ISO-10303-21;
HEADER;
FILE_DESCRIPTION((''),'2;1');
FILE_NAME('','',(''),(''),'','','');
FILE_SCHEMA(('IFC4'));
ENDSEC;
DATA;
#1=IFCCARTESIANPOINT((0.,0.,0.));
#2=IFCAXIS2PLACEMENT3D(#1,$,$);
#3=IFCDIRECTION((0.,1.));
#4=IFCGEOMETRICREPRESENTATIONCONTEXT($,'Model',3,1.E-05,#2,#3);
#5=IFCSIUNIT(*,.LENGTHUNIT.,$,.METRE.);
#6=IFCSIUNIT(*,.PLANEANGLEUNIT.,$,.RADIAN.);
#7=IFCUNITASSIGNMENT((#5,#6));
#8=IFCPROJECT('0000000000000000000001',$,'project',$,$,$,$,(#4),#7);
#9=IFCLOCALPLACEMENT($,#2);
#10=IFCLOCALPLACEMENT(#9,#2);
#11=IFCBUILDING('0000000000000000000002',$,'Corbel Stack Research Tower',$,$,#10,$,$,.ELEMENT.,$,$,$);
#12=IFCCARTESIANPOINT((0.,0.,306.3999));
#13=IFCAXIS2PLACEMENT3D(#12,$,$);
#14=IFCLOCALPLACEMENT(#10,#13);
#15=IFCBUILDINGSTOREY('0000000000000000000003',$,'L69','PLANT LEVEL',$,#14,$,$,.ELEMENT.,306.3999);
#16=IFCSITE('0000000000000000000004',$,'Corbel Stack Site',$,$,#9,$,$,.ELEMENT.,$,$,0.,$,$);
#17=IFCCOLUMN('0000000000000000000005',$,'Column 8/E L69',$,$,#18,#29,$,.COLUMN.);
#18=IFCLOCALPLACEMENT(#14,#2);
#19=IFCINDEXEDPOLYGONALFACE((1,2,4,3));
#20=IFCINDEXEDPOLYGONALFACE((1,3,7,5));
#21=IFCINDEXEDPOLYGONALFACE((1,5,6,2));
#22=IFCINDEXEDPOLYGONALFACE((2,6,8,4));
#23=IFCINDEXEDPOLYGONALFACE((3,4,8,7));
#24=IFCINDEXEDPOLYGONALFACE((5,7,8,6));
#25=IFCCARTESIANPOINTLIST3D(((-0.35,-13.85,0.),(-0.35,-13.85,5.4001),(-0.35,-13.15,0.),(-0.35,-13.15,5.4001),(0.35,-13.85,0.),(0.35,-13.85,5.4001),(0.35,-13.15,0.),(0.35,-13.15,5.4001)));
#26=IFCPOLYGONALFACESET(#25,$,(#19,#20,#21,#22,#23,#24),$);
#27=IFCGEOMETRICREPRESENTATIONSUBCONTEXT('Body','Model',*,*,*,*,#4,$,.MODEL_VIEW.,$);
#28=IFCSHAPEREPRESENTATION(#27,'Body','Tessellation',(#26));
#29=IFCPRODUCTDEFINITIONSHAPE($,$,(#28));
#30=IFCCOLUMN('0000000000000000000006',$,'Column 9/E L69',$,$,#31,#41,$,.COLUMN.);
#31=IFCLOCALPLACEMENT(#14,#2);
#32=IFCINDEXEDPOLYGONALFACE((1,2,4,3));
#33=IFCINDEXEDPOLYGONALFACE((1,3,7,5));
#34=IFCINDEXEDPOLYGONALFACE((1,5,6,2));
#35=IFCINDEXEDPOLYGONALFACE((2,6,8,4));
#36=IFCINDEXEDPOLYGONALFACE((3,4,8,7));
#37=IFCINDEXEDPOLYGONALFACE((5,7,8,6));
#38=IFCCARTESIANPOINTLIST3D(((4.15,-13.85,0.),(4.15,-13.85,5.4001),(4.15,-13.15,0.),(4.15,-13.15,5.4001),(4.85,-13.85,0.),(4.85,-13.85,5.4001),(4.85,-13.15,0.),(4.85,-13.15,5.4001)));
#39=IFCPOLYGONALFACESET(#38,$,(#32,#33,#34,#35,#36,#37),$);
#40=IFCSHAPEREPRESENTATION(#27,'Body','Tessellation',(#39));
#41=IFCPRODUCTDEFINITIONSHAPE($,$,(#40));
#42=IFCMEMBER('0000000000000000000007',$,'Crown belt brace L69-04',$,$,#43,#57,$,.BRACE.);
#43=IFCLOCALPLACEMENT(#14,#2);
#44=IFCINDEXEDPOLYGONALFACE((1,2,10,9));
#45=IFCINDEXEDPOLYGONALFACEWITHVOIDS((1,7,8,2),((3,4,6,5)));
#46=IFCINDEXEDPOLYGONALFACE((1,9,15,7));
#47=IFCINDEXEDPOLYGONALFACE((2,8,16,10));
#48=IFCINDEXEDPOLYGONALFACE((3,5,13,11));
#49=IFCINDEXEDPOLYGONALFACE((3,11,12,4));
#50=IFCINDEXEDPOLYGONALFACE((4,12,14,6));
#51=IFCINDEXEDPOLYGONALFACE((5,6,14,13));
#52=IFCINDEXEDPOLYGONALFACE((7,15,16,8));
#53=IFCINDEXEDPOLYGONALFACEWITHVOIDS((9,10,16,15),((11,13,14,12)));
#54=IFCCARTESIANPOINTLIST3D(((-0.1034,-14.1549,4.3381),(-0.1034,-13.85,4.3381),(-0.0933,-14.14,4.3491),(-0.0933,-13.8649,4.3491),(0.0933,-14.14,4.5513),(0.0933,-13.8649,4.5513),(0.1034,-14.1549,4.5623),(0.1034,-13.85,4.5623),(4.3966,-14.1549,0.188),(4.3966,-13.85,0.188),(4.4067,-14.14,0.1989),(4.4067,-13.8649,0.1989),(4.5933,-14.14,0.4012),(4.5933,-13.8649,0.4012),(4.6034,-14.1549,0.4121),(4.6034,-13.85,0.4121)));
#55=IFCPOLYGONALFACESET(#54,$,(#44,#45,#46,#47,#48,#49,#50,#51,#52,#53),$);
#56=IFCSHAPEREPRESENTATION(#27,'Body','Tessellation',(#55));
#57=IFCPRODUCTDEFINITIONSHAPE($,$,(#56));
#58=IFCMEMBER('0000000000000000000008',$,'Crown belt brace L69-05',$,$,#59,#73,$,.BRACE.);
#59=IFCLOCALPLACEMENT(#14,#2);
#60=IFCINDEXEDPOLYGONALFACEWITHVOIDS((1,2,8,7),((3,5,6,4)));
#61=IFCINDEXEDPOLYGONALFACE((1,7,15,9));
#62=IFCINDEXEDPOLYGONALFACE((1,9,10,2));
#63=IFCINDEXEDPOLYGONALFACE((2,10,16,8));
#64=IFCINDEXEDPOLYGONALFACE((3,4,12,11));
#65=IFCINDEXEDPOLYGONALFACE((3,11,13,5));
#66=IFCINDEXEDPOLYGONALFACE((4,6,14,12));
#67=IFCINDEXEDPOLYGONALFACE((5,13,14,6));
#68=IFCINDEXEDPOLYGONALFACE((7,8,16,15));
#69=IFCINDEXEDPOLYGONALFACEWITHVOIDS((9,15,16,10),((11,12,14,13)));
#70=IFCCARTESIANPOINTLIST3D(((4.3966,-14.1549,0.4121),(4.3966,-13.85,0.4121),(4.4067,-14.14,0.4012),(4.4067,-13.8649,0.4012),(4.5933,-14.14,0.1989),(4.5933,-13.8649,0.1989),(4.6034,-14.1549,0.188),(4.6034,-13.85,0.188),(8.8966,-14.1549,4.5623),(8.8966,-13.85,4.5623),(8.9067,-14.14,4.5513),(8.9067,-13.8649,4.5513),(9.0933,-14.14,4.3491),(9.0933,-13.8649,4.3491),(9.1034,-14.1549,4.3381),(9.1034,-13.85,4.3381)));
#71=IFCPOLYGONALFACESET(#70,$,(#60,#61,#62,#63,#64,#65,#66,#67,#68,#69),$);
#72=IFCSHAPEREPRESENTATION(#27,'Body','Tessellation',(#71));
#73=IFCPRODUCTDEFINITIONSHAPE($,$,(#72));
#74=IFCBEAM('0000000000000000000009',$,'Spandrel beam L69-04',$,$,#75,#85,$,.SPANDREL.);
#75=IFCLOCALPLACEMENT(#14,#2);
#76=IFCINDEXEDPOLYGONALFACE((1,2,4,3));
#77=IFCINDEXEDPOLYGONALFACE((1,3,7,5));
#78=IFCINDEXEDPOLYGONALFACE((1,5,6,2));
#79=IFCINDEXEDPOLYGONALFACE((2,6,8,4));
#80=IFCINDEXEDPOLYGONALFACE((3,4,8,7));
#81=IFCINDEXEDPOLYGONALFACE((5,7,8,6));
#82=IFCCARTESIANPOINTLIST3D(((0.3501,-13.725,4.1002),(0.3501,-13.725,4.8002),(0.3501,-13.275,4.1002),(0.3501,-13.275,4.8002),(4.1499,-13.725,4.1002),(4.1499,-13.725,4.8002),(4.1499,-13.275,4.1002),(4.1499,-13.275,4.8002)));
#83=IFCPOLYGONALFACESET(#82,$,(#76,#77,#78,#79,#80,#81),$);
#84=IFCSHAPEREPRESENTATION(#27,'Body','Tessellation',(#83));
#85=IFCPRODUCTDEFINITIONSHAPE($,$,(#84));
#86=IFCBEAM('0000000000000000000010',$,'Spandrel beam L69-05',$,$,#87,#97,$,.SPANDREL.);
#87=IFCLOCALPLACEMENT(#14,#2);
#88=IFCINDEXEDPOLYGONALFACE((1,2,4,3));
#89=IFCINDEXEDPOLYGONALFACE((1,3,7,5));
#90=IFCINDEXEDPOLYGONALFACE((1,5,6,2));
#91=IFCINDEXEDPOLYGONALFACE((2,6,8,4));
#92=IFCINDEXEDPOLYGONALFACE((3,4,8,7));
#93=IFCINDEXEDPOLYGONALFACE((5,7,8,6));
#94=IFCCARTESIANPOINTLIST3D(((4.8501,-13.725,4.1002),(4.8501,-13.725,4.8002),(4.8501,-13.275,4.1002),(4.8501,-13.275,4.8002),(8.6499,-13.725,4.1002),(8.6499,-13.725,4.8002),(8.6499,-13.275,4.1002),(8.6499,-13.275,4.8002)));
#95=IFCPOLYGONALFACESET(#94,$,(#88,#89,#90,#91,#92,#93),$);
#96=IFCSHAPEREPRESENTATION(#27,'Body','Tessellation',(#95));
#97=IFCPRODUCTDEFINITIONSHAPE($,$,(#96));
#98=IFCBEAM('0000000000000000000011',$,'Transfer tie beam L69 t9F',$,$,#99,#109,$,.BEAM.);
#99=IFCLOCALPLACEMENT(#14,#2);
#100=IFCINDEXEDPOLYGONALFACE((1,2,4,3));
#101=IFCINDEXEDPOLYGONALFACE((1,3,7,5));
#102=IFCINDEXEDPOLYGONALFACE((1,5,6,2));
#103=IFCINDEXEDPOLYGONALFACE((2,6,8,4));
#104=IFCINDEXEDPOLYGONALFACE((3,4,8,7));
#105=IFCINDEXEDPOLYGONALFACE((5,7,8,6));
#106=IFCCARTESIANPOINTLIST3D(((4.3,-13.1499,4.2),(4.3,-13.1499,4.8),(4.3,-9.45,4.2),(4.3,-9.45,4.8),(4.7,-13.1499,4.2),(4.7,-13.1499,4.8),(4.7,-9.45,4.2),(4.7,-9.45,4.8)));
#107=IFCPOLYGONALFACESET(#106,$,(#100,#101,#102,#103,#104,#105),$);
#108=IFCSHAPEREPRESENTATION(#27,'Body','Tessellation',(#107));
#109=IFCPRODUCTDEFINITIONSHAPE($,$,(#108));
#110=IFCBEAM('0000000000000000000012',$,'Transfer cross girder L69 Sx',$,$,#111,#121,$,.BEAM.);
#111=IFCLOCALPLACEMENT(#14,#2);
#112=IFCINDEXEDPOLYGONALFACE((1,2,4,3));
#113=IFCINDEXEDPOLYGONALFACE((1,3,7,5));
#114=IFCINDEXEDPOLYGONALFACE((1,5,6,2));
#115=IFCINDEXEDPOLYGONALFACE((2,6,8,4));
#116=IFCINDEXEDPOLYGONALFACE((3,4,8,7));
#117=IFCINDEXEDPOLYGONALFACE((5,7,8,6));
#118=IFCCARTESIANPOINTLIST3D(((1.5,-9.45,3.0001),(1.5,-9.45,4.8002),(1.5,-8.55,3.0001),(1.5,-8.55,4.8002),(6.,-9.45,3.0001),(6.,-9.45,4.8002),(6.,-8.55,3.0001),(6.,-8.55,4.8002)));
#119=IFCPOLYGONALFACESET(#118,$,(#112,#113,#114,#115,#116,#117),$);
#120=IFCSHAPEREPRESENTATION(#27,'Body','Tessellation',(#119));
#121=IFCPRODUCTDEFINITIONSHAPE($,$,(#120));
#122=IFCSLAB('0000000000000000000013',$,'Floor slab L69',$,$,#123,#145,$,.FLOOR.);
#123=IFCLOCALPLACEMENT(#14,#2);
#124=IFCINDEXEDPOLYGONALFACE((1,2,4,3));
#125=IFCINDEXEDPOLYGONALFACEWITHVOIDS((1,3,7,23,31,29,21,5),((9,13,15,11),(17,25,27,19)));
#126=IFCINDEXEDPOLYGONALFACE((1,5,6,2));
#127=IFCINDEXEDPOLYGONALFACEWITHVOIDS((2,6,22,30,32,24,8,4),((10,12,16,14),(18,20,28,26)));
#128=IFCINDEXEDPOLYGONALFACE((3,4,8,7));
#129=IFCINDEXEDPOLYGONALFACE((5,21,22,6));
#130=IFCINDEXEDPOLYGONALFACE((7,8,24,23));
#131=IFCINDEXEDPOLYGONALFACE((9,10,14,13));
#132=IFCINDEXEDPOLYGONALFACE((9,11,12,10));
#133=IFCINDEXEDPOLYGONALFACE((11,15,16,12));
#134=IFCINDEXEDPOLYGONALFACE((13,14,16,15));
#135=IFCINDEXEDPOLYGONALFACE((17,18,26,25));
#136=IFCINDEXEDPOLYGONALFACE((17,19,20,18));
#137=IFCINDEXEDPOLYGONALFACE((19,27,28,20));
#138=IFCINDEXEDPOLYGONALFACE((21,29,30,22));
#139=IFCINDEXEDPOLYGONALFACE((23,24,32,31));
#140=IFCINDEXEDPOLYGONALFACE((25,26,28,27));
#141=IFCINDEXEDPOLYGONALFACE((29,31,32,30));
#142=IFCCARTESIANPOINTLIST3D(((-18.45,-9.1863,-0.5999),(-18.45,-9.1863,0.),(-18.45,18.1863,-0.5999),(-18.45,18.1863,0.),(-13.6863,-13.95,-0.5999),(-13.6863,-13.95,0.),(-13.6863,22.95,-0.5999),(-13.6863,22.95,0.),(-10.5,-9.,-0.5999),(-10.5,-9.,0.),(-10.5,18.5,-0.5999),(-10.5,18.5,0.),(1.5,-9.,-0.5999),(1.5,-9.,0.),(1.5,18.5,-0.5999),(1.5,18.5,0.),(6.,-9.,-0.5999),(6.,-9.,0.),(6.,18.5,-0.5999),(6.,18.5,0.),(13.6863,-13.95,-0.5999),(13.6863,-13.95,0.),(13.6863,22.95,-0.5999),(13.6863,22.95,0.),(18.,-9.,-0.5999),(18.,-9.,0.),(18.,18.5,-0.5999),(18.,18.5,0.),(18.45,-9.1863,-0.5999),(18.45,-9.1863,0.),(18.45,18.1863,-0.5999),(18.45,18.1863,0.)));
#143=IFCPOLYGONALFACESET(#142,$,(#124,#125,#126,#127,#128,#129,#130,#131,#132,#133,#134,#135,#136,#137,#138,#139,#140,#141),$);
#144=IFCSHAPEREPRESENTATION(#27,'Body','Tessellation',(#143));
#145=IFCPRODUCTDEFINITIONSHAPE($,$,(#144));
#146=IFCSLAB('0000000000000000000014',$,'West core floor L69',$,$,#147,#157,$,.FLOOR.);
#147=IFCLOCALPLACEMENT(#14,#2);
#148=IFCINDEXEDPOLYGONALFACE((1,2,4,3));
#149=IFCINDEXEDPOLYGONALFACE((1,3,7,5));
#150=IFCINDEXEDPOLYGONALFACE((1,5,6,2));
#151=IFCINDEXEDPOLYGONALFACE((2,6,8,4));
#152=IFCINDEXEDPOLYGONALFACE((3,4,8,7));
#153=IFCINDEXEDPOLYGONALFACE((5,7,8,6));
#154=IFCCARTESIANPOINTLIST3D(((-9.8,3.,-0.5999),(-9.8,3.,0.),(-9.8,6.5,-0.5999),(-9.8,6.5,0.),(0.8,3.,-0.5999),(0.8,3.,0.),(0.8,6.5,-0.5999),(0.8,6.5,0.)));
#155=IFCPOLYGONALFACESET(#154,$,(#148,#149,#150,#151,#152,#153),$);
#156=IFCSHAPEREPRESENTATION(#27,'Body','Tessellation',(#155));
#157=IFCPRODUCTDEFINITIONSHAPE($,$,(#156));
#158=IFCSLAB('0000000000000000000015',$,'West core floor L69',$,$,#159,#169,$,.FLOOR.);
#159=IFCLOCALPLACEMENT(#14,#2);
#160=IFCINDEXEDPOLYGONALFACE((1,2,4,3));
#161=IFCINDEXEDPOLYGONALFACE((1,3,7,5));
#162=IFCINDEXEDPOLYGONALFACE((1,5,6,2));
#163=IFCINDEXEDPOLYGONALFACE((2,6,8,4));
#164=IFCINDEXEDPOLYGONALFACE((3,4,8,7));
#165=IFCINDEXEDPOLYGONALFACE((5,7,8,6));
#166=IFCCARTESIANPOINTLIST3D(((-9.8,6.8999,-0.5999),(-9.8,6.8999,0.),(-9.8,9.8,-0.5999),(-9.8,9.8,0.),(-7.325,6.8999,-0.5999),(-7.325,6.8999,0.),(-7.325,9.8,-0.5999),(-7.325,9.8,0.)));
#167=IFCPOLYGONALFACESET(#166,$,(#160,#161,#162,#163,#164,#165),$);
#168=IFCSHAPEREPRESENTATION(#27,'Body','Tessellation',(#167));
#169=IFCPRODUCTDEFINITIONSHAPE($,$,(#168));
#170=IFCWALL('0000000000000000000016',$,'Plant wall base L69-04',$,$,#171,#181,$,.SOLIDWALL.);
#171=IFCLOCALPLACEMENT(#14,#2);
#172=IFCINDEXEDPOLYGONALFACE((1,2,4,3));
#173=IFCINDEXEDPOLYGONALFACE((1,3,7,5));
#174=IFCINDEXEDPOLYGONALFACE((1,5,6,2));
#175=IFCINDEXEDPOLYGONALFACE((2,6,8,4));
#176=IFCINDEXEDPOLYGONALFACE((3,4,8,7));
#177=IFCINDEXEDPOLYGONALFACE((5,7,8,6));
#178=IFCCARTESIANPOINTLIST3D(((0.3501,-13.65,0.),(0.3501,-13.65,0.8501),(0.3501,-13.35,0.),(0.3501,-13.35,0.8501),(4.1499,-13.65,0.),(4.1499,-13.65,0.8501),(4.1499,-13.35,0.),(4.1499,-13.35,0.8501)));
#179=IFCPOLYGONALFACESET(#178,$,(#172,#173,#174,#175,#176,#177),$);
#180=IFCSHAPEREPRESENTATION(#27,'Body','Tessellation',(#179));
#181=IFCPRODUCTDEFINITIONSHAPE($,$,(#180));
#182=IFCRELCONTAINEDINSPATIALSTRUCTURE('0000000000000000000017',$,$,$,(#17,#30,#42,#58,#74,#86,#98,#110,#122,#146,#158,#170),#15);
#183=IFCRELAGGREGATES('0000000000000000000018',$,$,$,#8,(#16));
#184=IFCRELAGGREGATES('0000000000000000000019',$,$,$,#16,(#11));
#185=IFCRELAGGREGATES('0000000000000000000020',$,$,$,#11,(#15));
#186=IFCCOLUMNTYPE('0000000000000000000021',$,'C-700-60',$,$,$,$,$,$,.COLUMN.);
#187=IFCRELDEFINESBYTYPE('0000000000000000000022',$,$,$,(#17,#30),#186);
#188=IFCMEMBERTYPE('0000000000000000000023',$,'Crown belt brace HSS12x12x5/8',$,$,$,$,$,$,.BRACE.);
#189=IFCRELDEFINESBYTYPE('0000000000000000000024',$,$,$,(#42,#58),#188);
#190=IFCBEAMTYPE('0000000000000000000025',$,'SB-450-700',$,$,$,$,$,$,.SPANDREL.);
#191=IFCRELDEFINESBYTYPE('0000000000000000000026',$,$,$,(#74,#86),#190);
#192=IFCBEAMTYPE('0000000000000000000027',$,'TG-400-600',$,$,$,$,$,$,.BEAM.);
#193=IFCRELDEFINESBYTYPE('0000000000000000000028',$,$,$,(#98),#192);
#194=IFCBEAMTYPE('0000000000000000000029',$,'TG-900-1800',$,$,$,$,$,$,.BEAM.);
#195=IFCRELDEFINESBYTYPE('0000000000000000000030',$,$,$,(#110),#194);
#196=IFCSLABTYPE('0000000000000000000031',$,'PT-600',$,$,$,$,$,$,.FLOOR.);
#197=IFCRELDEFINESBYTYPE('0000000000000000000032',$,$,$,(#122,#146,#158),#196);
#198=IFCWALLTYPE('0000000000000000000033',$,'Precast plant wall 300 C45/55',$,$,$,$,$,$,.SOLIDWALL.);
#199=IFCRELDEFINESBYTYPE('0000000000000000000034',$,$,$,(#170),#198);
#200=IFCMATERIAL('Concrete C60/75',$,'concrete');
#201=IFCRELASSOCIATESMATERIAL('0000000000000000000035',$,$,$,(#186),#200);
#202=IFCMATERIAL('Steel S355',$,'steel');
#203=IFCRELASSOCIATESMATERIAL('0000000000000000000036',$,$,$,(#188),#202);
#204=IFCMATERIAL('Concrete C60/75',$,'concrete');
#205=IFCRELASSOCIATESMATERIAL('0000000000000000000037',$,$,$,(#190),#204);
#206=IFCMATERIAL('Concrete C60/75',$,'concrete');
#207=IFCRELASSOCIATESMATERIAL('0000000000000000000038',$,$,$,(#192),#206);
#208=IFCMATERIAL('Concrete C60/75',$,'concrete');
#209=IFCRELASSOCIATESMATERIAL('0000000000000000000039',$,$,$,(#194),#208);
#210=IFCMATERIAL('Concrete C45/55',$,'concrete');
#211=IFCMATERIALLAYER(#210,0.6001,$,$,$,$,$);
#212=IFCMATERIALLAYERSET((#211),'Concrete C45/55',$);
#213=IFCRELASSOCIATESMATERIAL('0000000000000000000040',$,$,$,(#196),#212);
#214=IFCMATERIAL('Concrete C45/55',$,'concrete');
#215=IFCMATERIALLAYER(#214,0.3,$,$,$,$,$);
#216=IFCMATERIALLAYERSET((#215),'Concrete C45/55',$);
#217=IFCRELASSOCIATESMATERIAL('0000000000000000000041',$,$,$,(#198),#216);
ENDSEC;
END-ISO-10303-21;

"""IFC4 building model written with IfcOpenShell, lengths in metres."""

from ifc_helpers import new_model, si_unit, direction, frame, frame_2d, origin, origin_2d, place, context, subcontext, project, spatial, polyline, rectangle, hollow_rectangle, outline, extrude, material, layer, layer_set, material_profile, profile_set, type_object, element, save


model = new_model("IFC4")

# Units and contexts
model_context = context("Model", 3, precision=1e-05, world=origin(), true_north=direction((0.0, 1.0)))
body_context = subcontext(model_context, "Body", "Model", "MODEL_VIEW")
ifc_project = project(units=[si_unit("LENGTHUNIT", "METRE"), si_unit("PLANEANGLEUNIT", "RADIAN")], contexts=[model_context])

# Site, building, storey
site_placement = place(None, origin())
site = spatial("IfcSite", under=ifc_project, at=site_placement, Name="Corbel Stack Site", CompositionType="ELEMENT", RefElevation=0.0)
building_placement = place(site_placement, origin())
building = spatial("IfcBuilding", under=site, at=building_placement, Name="Corbel Stack Research Tower", CompositionType="ELEMENT")
storey_placement = place(building_placement, frame((0.0, 0.0, 306.3999)))
storey = spatial("IfcBuildingStorey", under=building, at=storey_placement, Name="L69", Description="PLANT LEVEL", CompositionType="ELEMENT", Elevation=306.3999)

# Columns
ifc_material_1 = material(Name="Concrete C60/75", Category="concrete")
ifc_material_profile_1 = material_profile(ifc_material_1, rectangle(XDim=0.7, YDim=0.7, at=origin_2d()), Name="RC 700 x 700")
ifc_profile_set_1 = profile_set([ifc_material_profile_1], Name="Concrete C60/75")
column_type = type_object("IfcColumnType", Name="C-700-60", PredefinedType="COLUMN", material=ifc_profile_set_1)
for number, where, z_axis, x_axis, name in (
    (1, (0.0, -13.5, 0.0), (0.0, 0.0, 1.0), (1.0, 0.0, 0.0), "Column 8/E L69"),
    (2, (4.5, -13.5, 0.0), (0.0, 0.0, 1.0), (1.0, 0.0, 0.0), "Column 9/E L69"),
):
    element("IfcColumn", number, at=place(storey_placement, frame(where, z_axis=z_axis, x_axis=x_axis)), inside=storey, type_object=column_type, Name=name, PredefinedType="COLUMN", context=body_context, shape_type="SweptSolid", body=[
        extrude(rectangle(XDim=0.7, YDim=0.7, at=origin_2d()), origin(), (0.0, 0.0, 1.0), 5.4001),
    ])

# Members
ifc_material_2 = material(Name="Steel S355", Category="steel")
ifc_material_profile_2 = material_profile(ifc_material_2, hollow_rectangle(XDim=0.3049, YDim=0.3049, WallThickness=0.0149, at=origin_2d()), Name="HSS12x12x5/8")
ifc_profile_set_2 = profile_set([ifc_material_profile_2], Name="Steel S355")
member_type = type_object("IfcMemberType", Name="Crown belt brace HSS12x12x5/8", PredefinedType="BRACE", material=ifc_profile_set_2)
for number, where, z_axis, x_axis, name in (
    (3, (4.5, -14.0024, 0.3), (-0.735105, 0.0, 0.677954), (0.0, -1.0, 0.0), "Crown belt brace L69-04"),
    (4, (4.5, -14.0024, 0.3), (0.735105, 0.0, 0.677954), (0.0, 1.0, 0.0), "Crown belt brace L69-05"),
):
    element("IfcMember", number, at=place(storey_placement, frame(where, z_axis=z_axis, x_axis=x_axis)), inside=storey, type_object=member_type, Name=name, PredefinedType="BRACE", context=body_context, shape_type="SweptSolid", body=[
        extrude(hollow_rectangle(XDim=0.3049, YDim=0.3049, WallThickness=0.0149, at=origin_2d()), origin(), (0.0, 0.0, 1.0), 6.1216),
    ])

# Beams
ifc_material_3 = material(Name="Concrete C60/75", Category="concrete")
ifc_material_profile_3 = material_profile(ifc_material_3, rectangle(XDim=0.45, YDim=0.7, at=origin_2d()), Name="RC 450 x 700")
ifc_profile_set_3 = profile_set([ifc_material_profile_3], Name="Concrete C60/75")
beam_type_1 = type_object("IfcBeamType", Name="SB-450-700", PredefinedType="SPANDREL", material=ifc_profile_set_3)
for number, where, z_axis, x_axis, name in (
    (5, (0.3501, -13.5, 4.4502), (1.0, 0.0, 0.0), (0.0, 1.0, 0.0), "Spandrel beam L69-04"),
    (6, (4.8501, -13.5, 4.4502), (1.0, 0.0, 0.0), (0.0, 1.0, 0.0), "Spandrel beam L69-05"),
):
    element("IfcBeam", number, at=place(storey_placement, frame(where, z_axis=z_axis, x_axis=x_axis)), inside=storey, type_object=beam_type_1, Name=name, PredefinedType="SPANDREL", context=body_context, shape_type="SweptSolid", body=[
        extrude(rectangle(XDim=0.45, YDim=0.7, at=origin_2d()), origin(), (0.0, 0.0, 1.0), 3.7998),
    ])
ifc_material_4 = material(Name="Concrete C60/75", Category="concrete")
ifc_material_profile_4 = material_profile(ifc_material_4, rectangle(XDim=0.3999, YDim=0.6001, at=origin_2d()), Name="RC 400 x 600")
ifc_profile_set_4 = profile_set([ifc_material_profile_4], Name="Concrete C60/75")
beam_type_2 = type_object("IfcBeamType", Name="TG-400-600", PredefinedType="BEAM", material=ifc_profile_set_4)
beam_1_placement = place(storey_placement, frame((4.5, -9.45, 4.5), z_axis=(0.0, -1.0, 0.0), x_axis=(1.0, 0.0, 0.0)))
element("IfcBeam", 7, at=beam_1_placement, inside=storey, type_object=beam_type_2, Name="Transfer tie beam L69 t9F", PredefinedType="BEAM", context=body_context, shape_type="SweptSolid", body=[
    extrude(rectangle(XDim=0.3999, YDim=0.6001, at=origin_2d()), origin(), (0.0, 0.0, 1.0), 3.7),
])
ifc_material_5 = material(Name="Concrete C60/75", Category="concrete")
ifc_material_profile_5 = material_profile(ifc_material_5, rectangle(XDim=0.8999, YDim=1.8, at=origin_2d()), Name="RC 900 x 1800")
ifc_profile_set_5 = profile_set([ifc_material_profile_5], Name="Concrete C60/75")
beam_type_3 = type_object("IfcBeamType", Name="TG-900-1800", PredefinedType="BEAM", material=ifc_profile_set_5)
beam_2_placement = place(storey_placement, frame((1.5, -9.0, 3.9001), z_axis=(1.0, 0.0, 0.0), x_axis=(0.0, 1.0, 0.0)))
element("IfcBeam", 8, at=beam_2_placement, inside=storey, type_object=beam_type_3, Name="Transfer cross girder L69 Sx", PredefinedType="BEAM", context=body_context, shape_type="SweptSolid", body=[
    extrude(rectangle(XDim=0.8999, YDim=1.8, at=origin_2d()), origin(), (0.0, 0.0, 1.0), 4.5),
])

# Slabs
ifc_material_6 = material(Name="Concrete C45/55", Category="concrete")
ifc_layer_1 = layer(ifc_material_6, 0.6001)
ifc_layer_set_1 = layer_set([ifc_layer_1], Name="Concrete C45/55")
slab_type = type_object("IfcSlabType", Name="PT-600", PredefinedType="FLOOR", material=ifc_layer_set_1)
slab_1_placement = place(storey_placement, frame((0.0, 0.0, -0.5999)))
element("IfcSlab", 9, at=slab_1_placement, inside=storey, type_object=slab_type, Name="Floor slab L69", PredefinedType="FLOOR", context=body_context, shape_type="SweptSolid", body=[
    extrude(outline(polyline([(-13.6863, -13.95), (13.6863, -13.95), (18.45, -9.1863), (18.45, 18.1863), (13.6863, 22.95), (-13.6863, 22.95), (-18.45, 18.1863), (-18.45, -9.1863), (-13.6863, -13.95)]), holes=[polyline([(6.0, -9.0), (6.0, 18.5), (18.0, 18.5), (18.0, -9.0), (6.0, -9.0)]), polyline([(-10.5, -9.0), (-10.5, 18.5), (1.5, 18.5), (1.5, -9.0), (-10.5, -9.0)])]), origin(), (0.0, 0.0, 1.0), 0.5999),
])
slab_2_placement = place(storey_placement, frame((0.0, 0.0, -0.5999)))
element("IfcSlab", 10, at=slab_2_placement, inside=storey, type_object=slab_type, Name="West core floor L69", PredefinedType="FLOOR", context=body_context, shape_type="SweptSolid", body=[
    extrude(outline(polyline([(-9.8, 6.5), (-9.8, 3.0), (0.8, 3.0), (0.8, 6.5), (-9.8, 6.5)])), origin(), (0.0, 0.0, 1.0), 0.5999),
])
slab_3_placement = place(storey_placement, frame((0.0, 0.0, -0.5999)))
element("IfcSlab", 11, at=slab_3_placement, inside=storey, type_object=slab_type, Name="West core floor L69", PredefinedType="FLOOR", context=body_context, shape_type="SweptSolid", body=[
    extrude(outline(polyline([(-9.8, 6.8999), (-7.325, 6.8999), (-7.325, 9.8), (-9.8, 9.8), (-9.8, 6.8999)])), origin(), (0.0, 0.0, 1.0), 0.5999),
])

# Wall
ifc_material_7 = material(Name="Concrete C45/55", Category="concrete")
ifc_layer_2 = layer(ifc_material_7, 0.3)
ifc_layer_set_2 = layer_set([ifc_layer_2], Name="Concrete C45/55")
wall_type_1 = type_object("IfcWallType", Name="Precast plant wall 300 C45/55", PredefinedType="SOLIDWALL", material=ifc_layer_set_2)
for number, where, z_axis, x_axis, name in (
    (12, (0.3501, -13.5, 0.0), (0.0, 0.0, 1.0), (1.0, 0.0, 0.0), "Plant wall base L69-04"),
):
    element("IfcWall", number, at=place(storey_placement, frame(where, z_axis=z_axis, x_axis=x_axis)), inside=storey, type_object=wall_type_1, Name=name, PredefinedType="SOLIDWALL", context=body_context, shape_type="SweptSolid", body=[
        extrude(rectangle(XDim=3.7998, YDim=0.3, at=frame_2d((1.8999, 0.0))), origin(), (0.0, 0.0, 1.0), 0.8501),
    ])

save(model, "model.ifc")
